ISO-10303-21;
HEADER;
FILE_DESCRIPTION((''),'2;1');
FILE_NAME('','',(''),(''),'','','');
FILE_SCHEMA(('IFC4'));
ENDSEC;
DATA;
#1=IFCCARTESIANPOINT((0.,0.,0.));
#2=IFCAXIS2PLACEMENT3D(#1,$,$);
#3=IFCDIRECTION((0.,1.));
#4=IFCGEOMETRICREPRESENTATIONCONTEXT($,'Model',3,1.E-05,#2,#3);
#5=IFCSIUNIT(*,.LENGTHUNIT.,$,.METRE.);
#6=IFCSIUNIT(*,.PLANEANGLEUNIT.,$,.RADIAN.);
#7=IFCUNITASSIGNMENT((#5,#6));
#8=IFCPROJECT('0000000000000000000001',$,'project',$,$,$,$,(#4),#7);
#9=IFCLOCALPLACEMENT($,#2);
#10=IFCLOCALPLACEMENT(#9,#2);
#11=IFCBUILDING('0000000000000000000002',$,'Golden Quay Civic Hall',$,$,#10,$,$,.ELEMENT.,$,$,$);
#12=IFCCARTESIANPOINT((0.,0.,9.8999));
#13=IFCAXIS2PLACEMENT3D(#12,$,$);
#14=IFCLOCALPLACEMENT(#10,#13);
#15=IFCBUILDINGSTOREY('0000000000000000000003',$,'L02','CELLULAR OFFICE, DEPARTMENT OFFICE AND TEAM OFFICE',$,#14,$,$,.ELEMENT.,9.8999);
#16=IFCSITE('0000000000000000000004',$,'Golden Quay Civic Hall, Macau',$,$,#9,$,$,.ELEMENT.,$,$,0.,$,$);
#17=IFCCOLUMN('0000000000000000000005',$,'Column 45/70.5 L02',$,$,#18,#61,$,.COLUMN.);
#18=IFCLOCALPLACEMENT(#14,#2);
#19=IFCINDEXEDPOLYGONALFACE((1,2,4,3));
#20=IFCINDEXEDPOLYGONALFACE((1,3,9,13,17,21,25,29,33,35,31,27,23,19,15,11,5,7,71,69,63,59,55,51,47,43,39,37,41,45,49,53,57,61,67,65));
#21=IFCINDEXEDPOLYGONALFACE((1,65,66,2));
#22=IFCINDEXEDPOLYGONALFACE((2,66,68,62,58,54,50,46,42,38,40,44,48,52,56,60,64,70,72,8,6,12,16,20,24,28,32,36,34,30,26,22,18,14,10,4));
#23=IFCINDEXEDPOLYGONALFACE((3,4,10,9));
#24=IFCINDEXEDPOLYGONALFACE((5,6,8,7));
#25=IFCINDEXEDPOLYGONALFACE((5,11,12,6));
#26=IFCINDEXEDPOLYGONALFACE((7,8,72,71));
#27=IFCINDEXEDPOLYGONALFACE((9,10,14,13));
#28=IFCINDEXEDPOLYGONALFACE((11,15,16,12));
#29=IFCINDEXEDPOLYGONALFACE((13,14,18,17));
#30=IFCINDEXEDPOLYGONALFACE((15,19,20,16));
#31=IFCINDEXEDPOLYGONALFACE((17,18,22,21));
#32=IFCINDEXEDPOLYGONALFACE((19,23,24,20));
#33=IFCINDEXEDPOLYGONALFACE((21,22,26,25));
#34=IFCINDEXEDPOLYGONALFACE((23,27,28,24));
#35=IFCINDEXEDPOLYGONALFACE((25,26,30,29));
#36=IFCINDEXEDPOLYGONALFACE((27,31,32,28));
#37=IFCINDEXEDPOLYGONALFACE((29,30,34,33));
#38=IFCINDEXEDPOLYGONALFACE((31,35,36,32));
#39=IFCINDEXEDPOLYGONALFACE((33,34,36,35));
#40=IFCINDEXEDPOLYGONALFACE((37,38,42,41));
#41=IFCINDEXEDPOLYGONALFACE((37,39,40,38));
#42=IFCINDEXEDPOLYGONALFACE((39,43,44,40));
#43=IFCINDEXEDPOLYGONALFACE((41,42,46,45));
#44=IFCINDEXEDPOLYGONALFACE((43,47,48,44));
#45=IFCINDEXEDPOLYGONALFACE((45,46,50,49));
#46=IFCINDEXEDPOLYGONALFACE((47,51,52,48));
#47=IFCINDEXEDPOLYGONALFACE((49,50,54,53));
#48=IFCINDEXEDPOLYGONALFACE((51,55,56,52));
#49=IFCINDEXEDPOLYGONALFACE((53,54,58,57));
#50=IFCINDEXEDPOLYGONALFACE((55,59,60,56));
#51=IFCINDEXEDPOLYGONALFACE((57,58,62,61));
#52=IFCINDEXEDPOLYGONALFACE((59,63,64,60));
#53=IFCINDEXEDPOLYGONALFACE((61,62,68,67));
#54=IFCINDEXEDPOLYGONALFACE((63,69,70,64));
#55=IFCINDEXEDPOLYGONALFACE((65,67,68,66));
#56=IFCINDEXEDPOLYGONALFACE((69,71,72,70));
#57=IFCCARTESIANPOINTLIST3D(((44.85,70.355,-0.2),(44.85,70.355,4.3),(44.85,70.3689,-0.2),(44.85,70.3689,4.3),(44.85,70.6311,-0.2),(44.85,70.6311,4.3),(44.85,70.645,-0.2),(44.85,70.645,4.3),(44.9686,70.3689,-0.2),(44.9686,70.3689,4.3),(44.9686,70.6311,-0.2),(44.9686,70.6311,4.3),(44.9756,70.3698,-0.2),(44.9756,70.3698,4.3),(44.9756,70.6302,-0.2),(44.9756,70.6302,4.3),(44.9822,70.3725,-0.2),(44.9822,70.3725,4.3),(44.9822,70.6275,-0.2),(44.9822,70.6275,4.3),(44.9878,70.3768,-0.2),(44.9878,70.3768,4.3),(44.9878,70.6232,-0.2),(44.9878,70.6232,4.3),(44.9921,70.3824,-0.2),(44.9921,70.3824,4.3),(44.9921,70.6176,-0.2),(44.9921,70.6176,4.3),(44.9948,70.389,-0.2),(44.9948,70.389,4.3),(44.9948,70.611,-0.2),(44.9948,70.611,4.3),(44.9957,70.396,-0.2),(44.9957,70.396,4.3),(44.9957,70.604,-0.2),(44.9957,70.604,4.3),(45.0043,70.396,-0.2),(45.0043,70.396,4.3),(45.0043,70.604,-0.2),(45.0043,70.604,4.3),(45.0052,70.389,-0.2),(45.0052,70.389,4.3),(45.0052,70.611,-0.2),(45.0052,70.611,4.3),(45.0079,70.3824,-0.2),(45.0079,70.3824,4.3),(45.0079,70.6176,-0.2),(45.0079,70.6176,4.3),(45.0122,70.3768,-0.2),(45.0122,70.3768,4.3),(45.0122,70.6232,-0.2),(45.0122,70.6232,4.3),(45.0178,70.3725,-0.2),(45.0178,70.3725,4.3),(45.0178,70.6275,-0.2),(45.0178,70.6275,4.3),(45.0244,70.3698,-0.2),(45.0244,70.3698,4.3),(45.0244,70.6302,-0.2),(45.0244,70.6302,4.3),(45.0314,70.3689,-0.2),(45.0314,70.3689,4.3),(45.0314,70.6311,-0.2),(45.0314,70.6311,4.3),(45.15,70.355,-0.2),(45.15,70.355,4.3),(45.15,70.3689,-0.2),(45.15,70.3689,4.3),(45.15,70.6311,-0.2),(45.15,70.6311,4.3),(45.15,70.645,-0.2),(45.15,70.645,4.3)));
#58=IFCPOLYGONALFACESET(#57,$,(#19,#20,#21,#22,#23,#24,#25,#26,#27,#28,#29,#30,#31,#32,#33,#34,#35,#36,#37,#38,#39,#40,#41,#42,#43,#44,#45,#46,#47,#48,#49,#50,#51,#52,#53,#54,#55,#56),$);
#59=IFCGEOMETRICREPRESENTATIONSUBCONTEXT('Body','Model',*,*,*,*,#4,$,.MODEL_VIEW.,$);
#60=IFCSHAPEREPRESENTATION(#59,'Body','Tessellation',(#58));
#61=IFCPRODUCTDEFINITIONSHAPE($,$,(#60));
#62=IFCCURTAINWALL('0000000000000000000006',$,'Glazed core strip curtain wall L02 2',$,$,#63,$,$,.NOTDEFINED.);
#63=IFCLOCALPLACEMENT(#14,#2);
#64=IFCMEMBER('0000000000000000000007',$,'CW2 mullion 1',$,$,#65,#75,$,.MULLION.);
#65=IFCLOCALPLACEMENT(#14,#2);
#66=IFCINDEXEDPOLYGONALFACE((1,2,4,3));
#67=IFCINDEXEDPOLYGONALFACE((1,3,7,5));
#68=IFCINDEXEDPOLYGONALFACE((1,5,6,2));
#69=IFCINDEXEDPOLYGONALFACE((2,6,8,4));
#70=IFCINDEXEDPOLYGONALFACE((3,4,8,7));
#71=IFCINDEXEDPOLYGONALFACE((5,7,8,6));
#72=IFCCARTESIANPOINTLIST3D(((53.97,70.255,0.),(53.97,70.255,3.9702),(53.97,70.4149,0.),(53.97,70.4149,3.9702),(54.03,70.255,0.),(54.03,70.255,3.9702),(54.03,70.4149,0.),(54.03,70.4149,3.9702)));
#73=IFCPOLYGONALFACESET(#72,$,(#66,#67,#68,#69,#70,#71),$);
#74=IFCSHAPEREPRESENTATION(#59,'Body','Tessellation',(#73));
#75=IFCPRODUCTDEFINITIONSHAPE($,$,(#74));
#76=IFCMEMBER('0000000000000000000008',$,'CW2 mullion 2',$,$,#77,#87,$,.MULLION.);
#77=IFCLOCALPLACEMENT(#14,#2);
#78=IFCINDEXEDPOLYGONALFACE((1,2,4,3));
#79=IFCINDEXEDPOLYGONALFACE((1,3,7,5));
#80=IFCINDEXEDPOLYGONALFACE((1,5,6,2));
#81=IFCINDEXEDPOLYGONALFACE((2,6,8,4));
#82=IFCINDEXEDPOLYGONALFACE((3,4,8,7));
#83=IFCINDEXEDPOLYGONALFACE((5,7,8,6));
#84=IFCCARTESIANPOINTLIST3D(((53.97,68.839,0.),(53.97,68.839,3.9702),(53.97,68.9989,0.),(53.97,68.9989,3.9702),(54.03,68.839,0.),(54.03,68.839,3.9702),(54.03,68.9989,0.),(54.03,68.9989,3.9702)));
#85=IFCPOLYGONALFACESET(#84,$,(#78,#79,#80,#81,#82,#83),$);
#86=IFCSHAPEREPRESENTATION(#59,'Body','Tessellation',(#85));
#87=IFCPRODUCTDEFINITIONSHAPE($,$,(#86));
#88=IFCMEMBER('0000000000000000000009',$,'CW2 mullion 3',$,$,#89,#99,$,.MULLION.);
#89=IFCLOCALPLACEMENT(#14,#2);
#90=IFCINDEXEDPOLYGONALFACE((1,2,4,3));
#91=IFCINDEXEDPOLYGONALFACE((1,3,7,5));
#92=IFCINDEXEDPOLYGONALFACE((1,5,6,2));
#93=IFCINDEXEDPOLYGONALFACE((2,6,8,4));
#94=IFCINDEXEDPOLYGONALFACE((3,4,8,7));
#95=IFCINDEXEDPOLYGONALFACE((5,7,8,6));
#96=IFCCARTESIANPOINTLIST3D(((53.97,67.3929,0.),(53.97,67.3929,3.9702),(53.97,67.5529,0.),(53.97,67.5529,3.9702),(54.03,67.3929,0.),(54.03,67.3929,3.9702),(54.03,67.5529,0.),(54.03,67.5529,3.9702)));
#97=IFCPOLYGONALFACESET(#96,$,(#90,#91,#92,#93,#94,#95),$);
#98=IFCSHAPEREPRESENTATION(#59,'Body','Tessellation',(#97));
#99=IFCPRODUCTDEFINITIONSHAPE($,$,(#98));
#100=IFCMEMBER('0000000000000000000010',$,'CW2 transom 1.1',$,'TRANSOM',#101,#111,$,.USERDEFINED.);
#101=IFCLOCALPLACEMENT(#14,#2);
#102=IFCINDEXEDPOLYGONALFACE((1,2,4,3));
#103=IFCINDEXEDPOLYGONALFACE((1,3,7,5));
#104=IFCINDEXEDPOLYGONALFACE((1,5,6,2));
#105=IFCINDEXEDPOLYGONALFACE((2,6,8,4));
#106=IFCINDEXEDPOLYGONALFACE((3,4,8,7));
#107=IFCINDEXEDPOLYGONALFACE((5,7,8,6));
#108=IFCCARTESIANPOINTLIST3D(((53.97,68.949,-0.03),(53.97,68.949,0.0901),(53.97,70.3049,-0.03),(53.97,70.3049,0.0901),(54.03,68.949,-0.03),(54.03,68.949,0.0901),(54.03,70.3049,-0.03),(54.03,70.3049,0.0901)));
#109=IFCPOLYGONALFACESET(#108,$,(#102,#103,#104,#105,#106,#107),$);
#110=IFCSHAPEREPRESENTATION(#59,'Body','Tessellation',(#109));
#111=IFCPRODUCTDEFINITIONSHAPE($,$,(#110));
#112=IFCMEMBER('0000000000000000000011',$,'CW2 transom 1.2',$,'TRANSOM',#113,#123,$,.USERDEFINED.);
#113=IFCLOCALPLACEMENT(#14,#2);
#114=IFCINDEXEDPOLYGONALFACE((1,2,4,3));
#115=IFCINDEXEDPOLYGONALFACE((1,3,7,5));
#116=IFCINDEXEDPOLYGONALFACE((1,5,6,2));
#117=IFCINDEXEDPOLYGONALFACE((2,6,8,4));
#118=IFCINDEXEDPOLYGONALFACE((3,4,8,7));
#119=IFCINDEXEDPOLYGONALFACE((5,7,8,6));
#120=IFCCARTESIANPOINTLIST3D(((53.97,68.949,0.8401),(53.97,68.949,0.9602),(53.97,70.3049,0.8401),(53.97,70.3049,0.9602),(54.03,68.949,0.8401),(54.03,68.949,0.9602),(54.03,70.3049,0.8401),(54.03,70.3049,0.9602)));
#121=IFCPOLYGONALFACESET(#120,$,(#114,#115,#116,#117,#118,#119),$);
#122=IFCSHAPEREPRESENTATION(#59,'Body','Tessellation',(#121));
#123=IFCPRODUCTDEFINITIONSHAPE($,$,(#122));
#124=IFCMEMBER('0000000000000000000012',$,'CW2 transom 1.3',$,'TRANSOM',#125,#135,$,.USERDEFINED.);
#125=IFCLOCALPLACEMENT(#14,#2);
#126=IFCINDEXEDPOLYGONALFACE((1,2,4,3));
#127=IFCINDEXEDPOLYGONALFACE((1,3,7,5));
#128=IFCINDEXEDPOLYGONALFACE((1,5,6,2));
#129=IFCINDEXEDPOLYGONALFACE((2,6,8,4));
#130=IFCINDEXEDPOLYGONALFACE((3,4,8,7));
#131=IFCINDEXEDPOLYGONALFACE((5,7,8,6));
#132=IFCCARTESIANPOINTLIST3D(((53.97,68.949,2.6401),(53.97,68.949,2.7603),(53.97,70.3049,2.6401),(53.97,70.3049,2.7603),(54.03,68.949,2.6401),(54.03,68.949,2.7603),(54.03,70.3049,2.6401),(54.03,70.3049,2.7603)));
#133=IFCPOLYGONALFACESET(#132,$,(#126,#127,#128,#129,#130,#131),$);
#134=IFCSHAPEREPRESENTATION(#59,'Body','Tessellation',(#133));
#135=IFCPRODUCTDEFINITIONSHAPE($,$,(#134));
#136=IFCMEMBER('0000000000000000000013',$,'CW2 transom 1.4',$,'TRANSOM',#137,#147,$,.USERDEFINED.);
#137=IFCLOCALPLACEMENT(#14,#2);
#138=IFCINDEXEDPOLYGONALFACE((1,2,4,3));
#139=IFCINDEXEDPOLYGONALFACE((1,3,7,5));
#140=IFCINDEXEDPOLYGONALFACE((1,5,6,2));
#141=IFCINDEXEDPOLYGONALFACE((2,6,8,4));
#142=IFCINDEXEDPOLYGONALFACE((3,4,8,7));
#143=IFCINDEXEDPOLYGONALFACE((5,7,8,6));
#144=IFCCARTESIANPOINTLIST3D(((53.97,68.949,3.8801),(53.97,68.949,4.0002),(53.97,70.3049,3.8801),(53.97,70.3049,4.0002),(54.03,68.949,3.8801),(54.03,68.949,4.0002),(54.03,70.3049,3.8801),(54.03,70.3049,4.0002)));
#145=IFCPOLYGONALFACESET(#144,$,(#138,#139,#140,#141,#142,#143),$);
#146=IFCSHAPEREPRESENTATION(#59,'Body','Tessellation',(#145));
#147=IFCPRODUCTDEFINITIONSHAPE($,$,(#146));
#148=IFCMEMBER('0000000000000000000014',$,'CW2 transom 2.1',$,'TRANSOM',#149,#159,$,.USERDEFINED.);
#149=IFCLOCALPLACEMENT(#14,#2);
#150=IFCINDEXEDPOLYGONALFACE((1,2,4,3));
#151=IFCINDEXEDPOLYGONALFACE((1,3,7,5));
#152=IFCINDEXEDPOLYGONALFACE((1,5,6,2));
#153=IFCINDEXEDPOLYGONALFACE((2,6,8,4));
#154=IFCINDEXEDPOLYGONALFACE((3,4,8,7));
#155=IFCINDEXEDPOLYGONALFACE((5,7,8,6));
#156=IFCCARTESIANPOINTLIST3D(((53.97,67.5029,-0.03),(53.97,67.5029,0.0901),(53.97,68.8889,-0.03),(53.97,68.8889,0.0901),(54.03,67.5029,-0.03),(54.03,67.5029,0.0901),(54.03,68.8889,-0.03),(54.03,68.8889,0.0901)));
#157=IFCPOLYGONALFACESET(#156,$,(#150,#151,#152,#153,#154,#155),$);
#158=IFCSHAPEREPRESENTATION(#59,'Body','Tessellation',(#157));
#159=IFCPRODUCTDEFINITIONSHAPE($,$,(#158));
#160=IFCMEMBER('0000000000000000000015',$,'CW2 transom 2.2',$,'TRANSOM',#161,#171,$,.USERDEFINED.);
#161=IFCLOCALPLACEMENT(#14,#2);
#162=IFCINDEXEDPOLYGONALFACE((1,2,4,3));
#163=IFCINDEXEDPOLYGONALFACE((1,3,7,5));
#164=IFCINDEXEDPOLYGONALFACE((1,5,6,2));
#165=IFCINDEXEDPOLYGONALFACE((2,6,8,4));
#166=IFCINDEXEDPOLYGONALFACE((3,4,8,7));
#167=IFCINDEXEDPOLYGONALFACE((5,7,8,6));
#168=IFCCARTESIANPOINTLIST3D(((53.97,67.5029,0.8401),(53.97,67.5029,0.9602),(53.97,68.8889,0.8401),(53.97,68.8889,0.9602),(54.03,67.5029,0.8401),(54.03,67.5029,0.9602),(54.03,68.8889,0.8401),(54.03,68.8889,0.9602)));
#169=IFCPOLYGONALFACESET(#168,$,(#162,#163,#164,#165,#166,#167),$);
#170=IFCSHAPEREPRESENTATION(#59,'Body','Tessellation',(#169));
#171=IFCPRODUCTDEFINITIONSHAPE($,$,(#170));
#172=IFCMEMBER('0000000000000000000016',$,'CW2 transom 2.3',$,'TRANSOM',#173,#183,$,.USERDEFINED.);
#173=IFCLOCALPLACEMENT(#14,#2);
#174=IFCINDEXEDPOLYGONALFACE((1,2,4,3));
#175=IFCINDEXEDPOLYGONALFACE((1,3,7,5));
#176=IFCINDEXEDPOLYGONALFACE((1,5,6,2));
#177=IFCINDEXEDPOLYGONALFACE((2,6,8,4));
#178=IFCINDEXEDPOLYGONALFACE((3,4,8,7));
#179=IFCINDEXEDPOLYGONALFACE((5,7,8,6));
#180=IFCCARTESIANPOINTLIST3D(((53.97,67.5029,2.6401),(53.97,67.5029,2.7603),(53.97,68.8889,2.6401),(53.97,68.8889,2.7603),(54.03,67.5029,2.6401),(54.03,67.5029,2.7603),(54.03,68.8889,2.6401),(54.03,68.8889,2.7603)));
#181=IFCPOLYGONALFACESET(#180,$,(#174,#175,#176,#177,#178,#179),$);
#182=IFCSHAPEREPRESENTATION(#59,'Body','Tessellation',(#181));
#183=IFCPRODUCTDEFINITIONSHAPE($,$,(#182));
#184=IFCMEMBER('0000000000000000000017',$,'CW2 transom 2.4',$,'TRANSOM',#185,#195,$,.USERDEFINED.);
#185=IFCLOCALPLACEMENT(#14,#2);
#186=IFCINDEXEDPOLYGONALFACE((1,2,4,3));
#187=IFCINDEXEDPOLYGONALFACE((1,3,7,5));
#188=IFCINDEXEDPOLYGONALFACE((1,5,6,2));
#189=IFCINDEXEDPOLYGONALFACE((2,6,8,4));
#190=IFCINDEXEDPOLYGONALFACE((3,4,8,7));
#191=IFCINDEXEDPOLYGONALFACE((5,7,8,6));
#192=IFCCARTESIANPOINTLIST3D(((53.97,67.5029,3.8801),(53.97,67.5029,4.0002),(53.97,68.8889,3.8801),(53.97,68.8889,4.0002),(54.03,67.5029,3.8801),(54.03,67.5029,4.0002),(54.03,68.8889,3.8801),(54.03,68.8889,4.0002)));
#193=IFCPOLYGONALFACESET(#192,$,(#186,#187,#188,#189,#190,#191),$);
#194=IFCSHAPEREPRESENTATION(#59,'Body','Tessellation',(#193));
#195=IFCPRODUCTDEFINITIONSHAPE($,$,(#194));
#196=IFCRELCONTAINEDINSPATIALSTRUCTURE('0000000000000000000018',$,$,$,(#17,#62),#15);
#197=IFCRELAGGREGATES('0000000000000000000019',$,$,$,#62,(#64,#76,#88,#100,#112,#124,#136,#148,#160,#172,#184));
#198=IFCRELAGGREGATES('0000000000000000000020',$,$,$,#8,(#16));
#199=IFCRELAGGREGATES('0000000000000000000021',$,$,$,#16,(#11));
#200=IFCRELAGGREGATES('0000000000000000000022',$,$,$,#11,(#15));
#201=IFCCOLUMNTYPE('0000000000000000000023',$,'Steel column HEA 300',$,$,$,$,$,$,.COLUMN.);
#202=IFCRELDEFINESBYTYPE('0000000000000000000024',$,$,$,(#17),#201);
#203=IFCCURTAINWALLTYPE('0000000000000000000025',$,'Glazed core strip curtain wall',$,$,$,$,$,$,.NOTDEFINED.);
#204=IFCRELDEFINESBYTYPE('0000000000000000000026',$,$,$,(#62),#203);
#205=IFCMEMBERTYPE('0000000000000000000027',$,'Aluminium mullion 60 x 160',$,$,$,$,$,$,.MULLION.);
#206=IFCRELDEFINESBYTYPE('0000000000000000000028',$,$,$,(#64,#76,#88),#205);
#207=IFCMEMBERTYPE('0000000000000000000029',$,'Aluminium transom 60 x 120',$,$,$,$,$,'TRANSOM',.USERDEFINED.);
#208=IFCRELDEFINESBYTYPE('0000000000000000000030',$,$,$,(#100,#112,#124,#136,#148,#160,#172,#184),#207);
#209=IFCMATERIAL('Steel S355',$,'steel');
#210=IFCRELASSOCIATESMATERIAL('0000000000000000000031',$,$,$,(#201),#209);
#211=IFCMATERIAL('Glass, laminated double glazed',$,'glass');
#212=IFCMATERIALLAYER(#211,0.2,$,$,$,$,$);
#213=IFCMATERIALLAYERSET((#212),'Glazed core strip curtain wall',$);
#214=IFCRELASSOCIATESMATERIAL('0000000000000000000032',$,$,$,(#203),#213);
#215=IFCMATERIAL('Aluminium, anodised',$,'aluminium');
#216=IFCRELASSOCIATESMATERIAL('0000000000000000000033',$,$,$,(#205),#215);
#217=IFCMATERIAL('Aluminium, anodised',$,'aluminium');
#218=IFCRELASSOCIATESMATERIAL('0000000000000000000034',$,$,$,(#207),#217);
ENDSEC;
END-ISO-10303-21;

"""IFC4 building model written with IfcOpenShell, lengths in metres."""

from ifc_helpers import new_model, si_unit, direction, frame, origin, origin_2d, place, context, subcontext, project, spatial, rectangle, i_section, extrude, material, layer, layer_set, material_profile, profile_set, type_object, element, aggregate, save


model = new_model("IFC4")

# Units and contexts
model_context = context("Model", 3, precision=1e-05, world=origin(), true_north=direction((0.0, 1.0)))
body_context = subcontext(model_context, "Body", "Model", "MODEL_VIEW")
ifc_project = project(units=[si_unit("LENGTHUNIT", "METRE"), si_unit("PLANEANGLEUNIT", "RADIAN")], contexts=[model_context])

# Site, building, storey
site_placement = place(None, origin())
site = spatial("IfcSite", under=ifc_project, at=site_placement, Name="Golden Quay Civic Hall, Macau", CompositionType="ELEMENT", RefElevation=0.0)
building_placement = place(site_placement, origin())
building = spatial("IfcBuilding", under=site, at=building_placement, Name="Golden Quay Civic Hall", CompositionType="ELEMENT")
storey_placement = place(building_placement, frame((0.0, 0.0, 9.8999)))
storey = spatial("IfcBuildingStorey", under=building, at=storey_placement, Name="L02", Description="CELLULAR OFFICE, DEPARTMENT OFFICE AND TEAM OFFICE", CompositionType="ELEMENT", Elevation=9.8999)

# Column
ifc_material_1 = material(Name="Steel S355", Category="steel")
ifc_material_profile_1 = material_profile(ifc_material_1, i_section(OverallWidth=0.3, OverallDepth=0.29, WebThickness=0.0085, FlangeThickness=0.0139, FilletRadius=0.0271, at=origin_2d()), Name="HEA 300")
ifc_profile_set_1 = profile_set([ifc_material_profile_1], Name="Steel S355")
column_type = type_object("IfcColumnType", Name="Steel column HEA 300", PredefinedType="COLUMN", material=ifc_profile_set_1)
column_placement = place(storey_placement, frame((45.0, 70.5, -0.2), z_axis=(0.0, 0.0, 1.0), x_axis=(1.0, 0.0, 0.0)))
element("IfcColumn", 1, at=column_placement, inside=storey, type_object=column_type, Name="Column 45/70.5 L02", PredefinedType="COLUMN", context=body_context, shape_type="SweptSolid", body=[
    extrude(i_section(OverallWidth=0.3, OverallDepth=0.29, WebThickness=0.0085, FlangeThickness=0.0139, FilletRadius=0.0271, at=origin_2d()), origin(), (0.0, 0.0, 1.0), 4.5),
])

# Curtain wall, members
ifc_material_2 = material(Name="Glass, laminated double glazed", Category="glass")
ifc_layer_1 = layer(ifc_material_2, 0.2)
ifc_layer_set_1 = layer_set([ifc_layer_1], Name="Glazed core strip curtain wall")
curtain_wall_type = type_object("IfcCurtainWallType", Name="Glazed core strip curtain wall", PredefinedType="NOTDEFINED", material=ifc_layer_set_1)
curtain_wall_placement = place(storey_placement, origin())
curtain_wall = element("IfcCurtainWall", 2, at=curtain_wall_placement, inside=storey, type_object=curtain_wall_type, Name="Glazed core strip curtain wall L02 2", PredefinedType="NOTDEFINED")
ifc_material_3 = material(Name="Aluminium, anodised", Category="aluminium")
ifc_material_profile_2 = material_profile(ifc_material_3, rectangle(XDim=0.0601, YDim=0.1599, at=origin_2d()), Name="Aluminium 60 x 160")
ifc_profile_set_2 = profile_set([ifc_material_profile_2], Name="Aluminium, anodised")
member_type_1 = type_object("IfcMemberType", Name="Aluminium mullion 60 x 160", PredefinedType="MULLION", material=ifc_profile_set_2)
member_1_placement = place(storey_placement, frame((54.0, 70.335, 0.0), z_axis=(0.0, 0.0, 1.0), x_axis=(1.0, 0.0, 0.0)))
member_1 = element("IfcMember", 3, at=member_1_placement, type_object=member_type_1, Name="CW2 mullion 1", PredefinedType="MULLION", context=body_context, shape_type="SweptSolid", body=[
    extrude(rectangle(XDim=0.0601, YDim=0.1599, at=origin_2d()), origin(), (0.0, 0.0, 1.0), 3.9702),
])
member_2_placement = place(storey_placement, frame((54.0, 68.9189, 0.0), z_axis=(0.0, 0.0, 1.0), x_axis=(1.0, 0.0, 0.0)))
member_2 = element("IfcMember", 4, at=member_2_placement, type_object=member_type_1, Name="CW2 mullion 2", PredefinedType="MULLION", context=body_context, shape_type="SweptSolid", body=[
    extrude(rectangle(XDim=0.0601, YDim=0.1599, at=origin_2d()), origin(), (0.0, 0.0, 1.0), 3.9702),
])
member_3_placement = place(storey_placement, frame((54.0, 67.4729, 0.0), z_axis=(0.0, 0.0, 1.0), x_axis=(1.0, 0.0, 0.0)))
member_3 = element("IfcMember", 5, at=member_3_placement, type_object=member_type_1, Name="CW2 mullion 3", PredefinedType="MULLION", context=body_context, shape_type="SweptSolid", body=[
    extrude(rectangle(XDim=0.0601, YDim=0.1599, at=origin_2d()), origin(), (0.0, 0.0, 1.0), 3.9702),
])
ifc_material_4 = material(Name="Aluminium, anodised", Category="aluminium")
ifc_material_profile_3 = material_profile(ifc_material_4, rectangle(XDim=0.0601, YDim=0.1201, at=origin_2d()), Name="Aluminium 60 x 120")
ifc_profile_set_3 = profile_set([ifc_material_profile_3], Name="Aluminium, anodised")
member_type_2 = type_object("IfcMemberType", Name="Aluminium transom 60 x 120", ElementType="TRANSOM", PredefinedType="USERDEFINED", material=ifc_profile_set_3)
member_4_placement = place(storey_placement, frame((54.0, 70.3049, 0.03), z_axis=(0.0, -1.0, 0.0), x_axis=(1.0, 0.0, 0.0)))
member_4 = element("IfcMember", 6, at=member_4_placement, type_object=member_type_2, Name="CW2 transom 1.1", ObjectType="TRANSOM", PredefinedType="USERDEFINED", context=body_context, shape_type="SweptSolid", body=[
    extrude(rectangle(XDim=0.0601, YDim=0.1201, at=origin_2d()), origin(), (0.0, 0.0, 1.0), 1.356),
])
member_5_placement = place(storey_placement, frame((54.0, 70.3049, 0.9001), z_axis=(0.0, -1.0, 0.0), x_axis=(1.0, 0.0, 0.0)))
member_5 = element("IfcMember", 7, at=member_5_placement, type_object=member_type_2, Name="CW2 transom 1.2", ObjectType="TRANSOM", PredefinedType="USERDEFINED", context=body_context, shape_type="SweptSolid", body=[
    extrude(rectangle(XDim=0.0601, YDim=0.1201, at=origin_2d()), origin(), (0.0, 0.0, 1.0), 1.356),
])
member_6_placement = place(storey_placement, frame((54.0, 70.3049, 2.7002), z_axis=(0.0, -1.0, 0.0), x_axis=(1.0, 0.0, 0.0)))
member_6 = element("IfcMember", 8, at=member_6_placement, type_object=member_type_2, Name="CW2 transom 1.3", ObjectType="TRANSOM", PredefinedType="USERDEFINED", context=body_context, shape_type="SweptSolid", body=[
    extrude(rectangle(XDim=0.0601, YDim=0.1201, at=origin_2d()), origin(), (0.0, 0.0, 1.0), 1.356),
])
member_7_placement = place(storey_placement, frame((54.0, 70.3049, 3.9402), z_axis=(0.0, -1.0, 0.0), x_axis=(1.0, 0.0, 0.0)))
member_7 = element("IfcMember", 9, at=member_7_placement, type_object=member_type_2, Name="CW2 transom 1.4", ObjectType="TRANSOM", PredefinedType="USERDEFINED", context=body_context, shape_type="SweptSolid", body=[
    extrude(rectangle(XDim=0.0601, YDim=0.1201, at=origin_2d()), origin(), (0.0, 0.0, 1.0), 1.356),
])
member_8_placement = place(storey_placement, frame((54.0, 68.8889, 0.03), z_axis=(0.0, -1.0, 0.0), x_axis=(1.0, 0.0, 0.0)))
member_8 = element("IfcMember", 10, at=member_8_placement, type_object=member_type_2, Name="CW2 transom 2.1", ObjectType="TRANSOM", PredefinedType="USERDEFINED", context=body_context, shape_type="SweptSolid", body=[
    extrude(rectangle(XDim=0.0601, YDim=0.1201, at=origin_2d()), origin(), (0.0, 0.0, 1.0), 1.386),
])
member_9_placement = place(storey_placement, frame((54.0, 68.8889, 0.9001), z_axis=(0.0, -1.0, 0.0), x_axis=(1.0, 0.0, 0.0)))
member_9 = element("IfcMember", 11, at=member_9_placement, type_object=member_type_2, Name="CW2 transom 2.2", ObjectType="TRANSOM", PredefinedType="USERDEFINED", context=body_context, shape_type="SweptSolid", body=[
    extrude(rectangle(XDim=0.0601, YDim=0.1201, at=origin_2d()), origin(), (0.0, 0.0, 1.0), 1.386),
])
member_10_placement = place(storey_placement, frame((54.0, 68.8889, 2.7002), z_axis=(0.0, -1.0, 0.0), x_axis=(1.0, 0.0, 0.0)))
member_10 = element("IfcMember", 12, at=member_10_placement, type_object=member_type_2, Name="CW2 transom 2.3", ObjectType="TRANSOM", PredefinedType="USERDEFINED", context=body_context, shape_type="SweptSolid", body=[
    extrude(rectangle(XDim=0.0601, YDim=0.1201, at=origin_2d()), origin(), (0.0, 0.0, 1.0), 1.386),
])
member_11_placement = place(storey_placement, frame((54.0, 68.8889, 3.9402), z_axis=(0.0, -1.0, 0.0), x_axis=(1.0, 0.0, 0.0)))
member_11 = element("IfcMember", 13, at=member_11_placement, type_object=member_type_2, Name="CW2 transom 2.4", ObjectType="TRANSOM", PredefinedType="USERDEFINED", context=body_context, shape_type="SweptSolid", body=[
    extrude(rectangle(XDim=0.0601, YDim=0.1201, at=origin_2d()), origin(), (0.0, 0.0, 1.0), 1.386),
])

aggregate(curtain_wall, [member_1, member_2, member_3, member_4, member_5, member_6, member_7, member_8, member_9, member_10, member_11])

save(model, "model.ifc")
